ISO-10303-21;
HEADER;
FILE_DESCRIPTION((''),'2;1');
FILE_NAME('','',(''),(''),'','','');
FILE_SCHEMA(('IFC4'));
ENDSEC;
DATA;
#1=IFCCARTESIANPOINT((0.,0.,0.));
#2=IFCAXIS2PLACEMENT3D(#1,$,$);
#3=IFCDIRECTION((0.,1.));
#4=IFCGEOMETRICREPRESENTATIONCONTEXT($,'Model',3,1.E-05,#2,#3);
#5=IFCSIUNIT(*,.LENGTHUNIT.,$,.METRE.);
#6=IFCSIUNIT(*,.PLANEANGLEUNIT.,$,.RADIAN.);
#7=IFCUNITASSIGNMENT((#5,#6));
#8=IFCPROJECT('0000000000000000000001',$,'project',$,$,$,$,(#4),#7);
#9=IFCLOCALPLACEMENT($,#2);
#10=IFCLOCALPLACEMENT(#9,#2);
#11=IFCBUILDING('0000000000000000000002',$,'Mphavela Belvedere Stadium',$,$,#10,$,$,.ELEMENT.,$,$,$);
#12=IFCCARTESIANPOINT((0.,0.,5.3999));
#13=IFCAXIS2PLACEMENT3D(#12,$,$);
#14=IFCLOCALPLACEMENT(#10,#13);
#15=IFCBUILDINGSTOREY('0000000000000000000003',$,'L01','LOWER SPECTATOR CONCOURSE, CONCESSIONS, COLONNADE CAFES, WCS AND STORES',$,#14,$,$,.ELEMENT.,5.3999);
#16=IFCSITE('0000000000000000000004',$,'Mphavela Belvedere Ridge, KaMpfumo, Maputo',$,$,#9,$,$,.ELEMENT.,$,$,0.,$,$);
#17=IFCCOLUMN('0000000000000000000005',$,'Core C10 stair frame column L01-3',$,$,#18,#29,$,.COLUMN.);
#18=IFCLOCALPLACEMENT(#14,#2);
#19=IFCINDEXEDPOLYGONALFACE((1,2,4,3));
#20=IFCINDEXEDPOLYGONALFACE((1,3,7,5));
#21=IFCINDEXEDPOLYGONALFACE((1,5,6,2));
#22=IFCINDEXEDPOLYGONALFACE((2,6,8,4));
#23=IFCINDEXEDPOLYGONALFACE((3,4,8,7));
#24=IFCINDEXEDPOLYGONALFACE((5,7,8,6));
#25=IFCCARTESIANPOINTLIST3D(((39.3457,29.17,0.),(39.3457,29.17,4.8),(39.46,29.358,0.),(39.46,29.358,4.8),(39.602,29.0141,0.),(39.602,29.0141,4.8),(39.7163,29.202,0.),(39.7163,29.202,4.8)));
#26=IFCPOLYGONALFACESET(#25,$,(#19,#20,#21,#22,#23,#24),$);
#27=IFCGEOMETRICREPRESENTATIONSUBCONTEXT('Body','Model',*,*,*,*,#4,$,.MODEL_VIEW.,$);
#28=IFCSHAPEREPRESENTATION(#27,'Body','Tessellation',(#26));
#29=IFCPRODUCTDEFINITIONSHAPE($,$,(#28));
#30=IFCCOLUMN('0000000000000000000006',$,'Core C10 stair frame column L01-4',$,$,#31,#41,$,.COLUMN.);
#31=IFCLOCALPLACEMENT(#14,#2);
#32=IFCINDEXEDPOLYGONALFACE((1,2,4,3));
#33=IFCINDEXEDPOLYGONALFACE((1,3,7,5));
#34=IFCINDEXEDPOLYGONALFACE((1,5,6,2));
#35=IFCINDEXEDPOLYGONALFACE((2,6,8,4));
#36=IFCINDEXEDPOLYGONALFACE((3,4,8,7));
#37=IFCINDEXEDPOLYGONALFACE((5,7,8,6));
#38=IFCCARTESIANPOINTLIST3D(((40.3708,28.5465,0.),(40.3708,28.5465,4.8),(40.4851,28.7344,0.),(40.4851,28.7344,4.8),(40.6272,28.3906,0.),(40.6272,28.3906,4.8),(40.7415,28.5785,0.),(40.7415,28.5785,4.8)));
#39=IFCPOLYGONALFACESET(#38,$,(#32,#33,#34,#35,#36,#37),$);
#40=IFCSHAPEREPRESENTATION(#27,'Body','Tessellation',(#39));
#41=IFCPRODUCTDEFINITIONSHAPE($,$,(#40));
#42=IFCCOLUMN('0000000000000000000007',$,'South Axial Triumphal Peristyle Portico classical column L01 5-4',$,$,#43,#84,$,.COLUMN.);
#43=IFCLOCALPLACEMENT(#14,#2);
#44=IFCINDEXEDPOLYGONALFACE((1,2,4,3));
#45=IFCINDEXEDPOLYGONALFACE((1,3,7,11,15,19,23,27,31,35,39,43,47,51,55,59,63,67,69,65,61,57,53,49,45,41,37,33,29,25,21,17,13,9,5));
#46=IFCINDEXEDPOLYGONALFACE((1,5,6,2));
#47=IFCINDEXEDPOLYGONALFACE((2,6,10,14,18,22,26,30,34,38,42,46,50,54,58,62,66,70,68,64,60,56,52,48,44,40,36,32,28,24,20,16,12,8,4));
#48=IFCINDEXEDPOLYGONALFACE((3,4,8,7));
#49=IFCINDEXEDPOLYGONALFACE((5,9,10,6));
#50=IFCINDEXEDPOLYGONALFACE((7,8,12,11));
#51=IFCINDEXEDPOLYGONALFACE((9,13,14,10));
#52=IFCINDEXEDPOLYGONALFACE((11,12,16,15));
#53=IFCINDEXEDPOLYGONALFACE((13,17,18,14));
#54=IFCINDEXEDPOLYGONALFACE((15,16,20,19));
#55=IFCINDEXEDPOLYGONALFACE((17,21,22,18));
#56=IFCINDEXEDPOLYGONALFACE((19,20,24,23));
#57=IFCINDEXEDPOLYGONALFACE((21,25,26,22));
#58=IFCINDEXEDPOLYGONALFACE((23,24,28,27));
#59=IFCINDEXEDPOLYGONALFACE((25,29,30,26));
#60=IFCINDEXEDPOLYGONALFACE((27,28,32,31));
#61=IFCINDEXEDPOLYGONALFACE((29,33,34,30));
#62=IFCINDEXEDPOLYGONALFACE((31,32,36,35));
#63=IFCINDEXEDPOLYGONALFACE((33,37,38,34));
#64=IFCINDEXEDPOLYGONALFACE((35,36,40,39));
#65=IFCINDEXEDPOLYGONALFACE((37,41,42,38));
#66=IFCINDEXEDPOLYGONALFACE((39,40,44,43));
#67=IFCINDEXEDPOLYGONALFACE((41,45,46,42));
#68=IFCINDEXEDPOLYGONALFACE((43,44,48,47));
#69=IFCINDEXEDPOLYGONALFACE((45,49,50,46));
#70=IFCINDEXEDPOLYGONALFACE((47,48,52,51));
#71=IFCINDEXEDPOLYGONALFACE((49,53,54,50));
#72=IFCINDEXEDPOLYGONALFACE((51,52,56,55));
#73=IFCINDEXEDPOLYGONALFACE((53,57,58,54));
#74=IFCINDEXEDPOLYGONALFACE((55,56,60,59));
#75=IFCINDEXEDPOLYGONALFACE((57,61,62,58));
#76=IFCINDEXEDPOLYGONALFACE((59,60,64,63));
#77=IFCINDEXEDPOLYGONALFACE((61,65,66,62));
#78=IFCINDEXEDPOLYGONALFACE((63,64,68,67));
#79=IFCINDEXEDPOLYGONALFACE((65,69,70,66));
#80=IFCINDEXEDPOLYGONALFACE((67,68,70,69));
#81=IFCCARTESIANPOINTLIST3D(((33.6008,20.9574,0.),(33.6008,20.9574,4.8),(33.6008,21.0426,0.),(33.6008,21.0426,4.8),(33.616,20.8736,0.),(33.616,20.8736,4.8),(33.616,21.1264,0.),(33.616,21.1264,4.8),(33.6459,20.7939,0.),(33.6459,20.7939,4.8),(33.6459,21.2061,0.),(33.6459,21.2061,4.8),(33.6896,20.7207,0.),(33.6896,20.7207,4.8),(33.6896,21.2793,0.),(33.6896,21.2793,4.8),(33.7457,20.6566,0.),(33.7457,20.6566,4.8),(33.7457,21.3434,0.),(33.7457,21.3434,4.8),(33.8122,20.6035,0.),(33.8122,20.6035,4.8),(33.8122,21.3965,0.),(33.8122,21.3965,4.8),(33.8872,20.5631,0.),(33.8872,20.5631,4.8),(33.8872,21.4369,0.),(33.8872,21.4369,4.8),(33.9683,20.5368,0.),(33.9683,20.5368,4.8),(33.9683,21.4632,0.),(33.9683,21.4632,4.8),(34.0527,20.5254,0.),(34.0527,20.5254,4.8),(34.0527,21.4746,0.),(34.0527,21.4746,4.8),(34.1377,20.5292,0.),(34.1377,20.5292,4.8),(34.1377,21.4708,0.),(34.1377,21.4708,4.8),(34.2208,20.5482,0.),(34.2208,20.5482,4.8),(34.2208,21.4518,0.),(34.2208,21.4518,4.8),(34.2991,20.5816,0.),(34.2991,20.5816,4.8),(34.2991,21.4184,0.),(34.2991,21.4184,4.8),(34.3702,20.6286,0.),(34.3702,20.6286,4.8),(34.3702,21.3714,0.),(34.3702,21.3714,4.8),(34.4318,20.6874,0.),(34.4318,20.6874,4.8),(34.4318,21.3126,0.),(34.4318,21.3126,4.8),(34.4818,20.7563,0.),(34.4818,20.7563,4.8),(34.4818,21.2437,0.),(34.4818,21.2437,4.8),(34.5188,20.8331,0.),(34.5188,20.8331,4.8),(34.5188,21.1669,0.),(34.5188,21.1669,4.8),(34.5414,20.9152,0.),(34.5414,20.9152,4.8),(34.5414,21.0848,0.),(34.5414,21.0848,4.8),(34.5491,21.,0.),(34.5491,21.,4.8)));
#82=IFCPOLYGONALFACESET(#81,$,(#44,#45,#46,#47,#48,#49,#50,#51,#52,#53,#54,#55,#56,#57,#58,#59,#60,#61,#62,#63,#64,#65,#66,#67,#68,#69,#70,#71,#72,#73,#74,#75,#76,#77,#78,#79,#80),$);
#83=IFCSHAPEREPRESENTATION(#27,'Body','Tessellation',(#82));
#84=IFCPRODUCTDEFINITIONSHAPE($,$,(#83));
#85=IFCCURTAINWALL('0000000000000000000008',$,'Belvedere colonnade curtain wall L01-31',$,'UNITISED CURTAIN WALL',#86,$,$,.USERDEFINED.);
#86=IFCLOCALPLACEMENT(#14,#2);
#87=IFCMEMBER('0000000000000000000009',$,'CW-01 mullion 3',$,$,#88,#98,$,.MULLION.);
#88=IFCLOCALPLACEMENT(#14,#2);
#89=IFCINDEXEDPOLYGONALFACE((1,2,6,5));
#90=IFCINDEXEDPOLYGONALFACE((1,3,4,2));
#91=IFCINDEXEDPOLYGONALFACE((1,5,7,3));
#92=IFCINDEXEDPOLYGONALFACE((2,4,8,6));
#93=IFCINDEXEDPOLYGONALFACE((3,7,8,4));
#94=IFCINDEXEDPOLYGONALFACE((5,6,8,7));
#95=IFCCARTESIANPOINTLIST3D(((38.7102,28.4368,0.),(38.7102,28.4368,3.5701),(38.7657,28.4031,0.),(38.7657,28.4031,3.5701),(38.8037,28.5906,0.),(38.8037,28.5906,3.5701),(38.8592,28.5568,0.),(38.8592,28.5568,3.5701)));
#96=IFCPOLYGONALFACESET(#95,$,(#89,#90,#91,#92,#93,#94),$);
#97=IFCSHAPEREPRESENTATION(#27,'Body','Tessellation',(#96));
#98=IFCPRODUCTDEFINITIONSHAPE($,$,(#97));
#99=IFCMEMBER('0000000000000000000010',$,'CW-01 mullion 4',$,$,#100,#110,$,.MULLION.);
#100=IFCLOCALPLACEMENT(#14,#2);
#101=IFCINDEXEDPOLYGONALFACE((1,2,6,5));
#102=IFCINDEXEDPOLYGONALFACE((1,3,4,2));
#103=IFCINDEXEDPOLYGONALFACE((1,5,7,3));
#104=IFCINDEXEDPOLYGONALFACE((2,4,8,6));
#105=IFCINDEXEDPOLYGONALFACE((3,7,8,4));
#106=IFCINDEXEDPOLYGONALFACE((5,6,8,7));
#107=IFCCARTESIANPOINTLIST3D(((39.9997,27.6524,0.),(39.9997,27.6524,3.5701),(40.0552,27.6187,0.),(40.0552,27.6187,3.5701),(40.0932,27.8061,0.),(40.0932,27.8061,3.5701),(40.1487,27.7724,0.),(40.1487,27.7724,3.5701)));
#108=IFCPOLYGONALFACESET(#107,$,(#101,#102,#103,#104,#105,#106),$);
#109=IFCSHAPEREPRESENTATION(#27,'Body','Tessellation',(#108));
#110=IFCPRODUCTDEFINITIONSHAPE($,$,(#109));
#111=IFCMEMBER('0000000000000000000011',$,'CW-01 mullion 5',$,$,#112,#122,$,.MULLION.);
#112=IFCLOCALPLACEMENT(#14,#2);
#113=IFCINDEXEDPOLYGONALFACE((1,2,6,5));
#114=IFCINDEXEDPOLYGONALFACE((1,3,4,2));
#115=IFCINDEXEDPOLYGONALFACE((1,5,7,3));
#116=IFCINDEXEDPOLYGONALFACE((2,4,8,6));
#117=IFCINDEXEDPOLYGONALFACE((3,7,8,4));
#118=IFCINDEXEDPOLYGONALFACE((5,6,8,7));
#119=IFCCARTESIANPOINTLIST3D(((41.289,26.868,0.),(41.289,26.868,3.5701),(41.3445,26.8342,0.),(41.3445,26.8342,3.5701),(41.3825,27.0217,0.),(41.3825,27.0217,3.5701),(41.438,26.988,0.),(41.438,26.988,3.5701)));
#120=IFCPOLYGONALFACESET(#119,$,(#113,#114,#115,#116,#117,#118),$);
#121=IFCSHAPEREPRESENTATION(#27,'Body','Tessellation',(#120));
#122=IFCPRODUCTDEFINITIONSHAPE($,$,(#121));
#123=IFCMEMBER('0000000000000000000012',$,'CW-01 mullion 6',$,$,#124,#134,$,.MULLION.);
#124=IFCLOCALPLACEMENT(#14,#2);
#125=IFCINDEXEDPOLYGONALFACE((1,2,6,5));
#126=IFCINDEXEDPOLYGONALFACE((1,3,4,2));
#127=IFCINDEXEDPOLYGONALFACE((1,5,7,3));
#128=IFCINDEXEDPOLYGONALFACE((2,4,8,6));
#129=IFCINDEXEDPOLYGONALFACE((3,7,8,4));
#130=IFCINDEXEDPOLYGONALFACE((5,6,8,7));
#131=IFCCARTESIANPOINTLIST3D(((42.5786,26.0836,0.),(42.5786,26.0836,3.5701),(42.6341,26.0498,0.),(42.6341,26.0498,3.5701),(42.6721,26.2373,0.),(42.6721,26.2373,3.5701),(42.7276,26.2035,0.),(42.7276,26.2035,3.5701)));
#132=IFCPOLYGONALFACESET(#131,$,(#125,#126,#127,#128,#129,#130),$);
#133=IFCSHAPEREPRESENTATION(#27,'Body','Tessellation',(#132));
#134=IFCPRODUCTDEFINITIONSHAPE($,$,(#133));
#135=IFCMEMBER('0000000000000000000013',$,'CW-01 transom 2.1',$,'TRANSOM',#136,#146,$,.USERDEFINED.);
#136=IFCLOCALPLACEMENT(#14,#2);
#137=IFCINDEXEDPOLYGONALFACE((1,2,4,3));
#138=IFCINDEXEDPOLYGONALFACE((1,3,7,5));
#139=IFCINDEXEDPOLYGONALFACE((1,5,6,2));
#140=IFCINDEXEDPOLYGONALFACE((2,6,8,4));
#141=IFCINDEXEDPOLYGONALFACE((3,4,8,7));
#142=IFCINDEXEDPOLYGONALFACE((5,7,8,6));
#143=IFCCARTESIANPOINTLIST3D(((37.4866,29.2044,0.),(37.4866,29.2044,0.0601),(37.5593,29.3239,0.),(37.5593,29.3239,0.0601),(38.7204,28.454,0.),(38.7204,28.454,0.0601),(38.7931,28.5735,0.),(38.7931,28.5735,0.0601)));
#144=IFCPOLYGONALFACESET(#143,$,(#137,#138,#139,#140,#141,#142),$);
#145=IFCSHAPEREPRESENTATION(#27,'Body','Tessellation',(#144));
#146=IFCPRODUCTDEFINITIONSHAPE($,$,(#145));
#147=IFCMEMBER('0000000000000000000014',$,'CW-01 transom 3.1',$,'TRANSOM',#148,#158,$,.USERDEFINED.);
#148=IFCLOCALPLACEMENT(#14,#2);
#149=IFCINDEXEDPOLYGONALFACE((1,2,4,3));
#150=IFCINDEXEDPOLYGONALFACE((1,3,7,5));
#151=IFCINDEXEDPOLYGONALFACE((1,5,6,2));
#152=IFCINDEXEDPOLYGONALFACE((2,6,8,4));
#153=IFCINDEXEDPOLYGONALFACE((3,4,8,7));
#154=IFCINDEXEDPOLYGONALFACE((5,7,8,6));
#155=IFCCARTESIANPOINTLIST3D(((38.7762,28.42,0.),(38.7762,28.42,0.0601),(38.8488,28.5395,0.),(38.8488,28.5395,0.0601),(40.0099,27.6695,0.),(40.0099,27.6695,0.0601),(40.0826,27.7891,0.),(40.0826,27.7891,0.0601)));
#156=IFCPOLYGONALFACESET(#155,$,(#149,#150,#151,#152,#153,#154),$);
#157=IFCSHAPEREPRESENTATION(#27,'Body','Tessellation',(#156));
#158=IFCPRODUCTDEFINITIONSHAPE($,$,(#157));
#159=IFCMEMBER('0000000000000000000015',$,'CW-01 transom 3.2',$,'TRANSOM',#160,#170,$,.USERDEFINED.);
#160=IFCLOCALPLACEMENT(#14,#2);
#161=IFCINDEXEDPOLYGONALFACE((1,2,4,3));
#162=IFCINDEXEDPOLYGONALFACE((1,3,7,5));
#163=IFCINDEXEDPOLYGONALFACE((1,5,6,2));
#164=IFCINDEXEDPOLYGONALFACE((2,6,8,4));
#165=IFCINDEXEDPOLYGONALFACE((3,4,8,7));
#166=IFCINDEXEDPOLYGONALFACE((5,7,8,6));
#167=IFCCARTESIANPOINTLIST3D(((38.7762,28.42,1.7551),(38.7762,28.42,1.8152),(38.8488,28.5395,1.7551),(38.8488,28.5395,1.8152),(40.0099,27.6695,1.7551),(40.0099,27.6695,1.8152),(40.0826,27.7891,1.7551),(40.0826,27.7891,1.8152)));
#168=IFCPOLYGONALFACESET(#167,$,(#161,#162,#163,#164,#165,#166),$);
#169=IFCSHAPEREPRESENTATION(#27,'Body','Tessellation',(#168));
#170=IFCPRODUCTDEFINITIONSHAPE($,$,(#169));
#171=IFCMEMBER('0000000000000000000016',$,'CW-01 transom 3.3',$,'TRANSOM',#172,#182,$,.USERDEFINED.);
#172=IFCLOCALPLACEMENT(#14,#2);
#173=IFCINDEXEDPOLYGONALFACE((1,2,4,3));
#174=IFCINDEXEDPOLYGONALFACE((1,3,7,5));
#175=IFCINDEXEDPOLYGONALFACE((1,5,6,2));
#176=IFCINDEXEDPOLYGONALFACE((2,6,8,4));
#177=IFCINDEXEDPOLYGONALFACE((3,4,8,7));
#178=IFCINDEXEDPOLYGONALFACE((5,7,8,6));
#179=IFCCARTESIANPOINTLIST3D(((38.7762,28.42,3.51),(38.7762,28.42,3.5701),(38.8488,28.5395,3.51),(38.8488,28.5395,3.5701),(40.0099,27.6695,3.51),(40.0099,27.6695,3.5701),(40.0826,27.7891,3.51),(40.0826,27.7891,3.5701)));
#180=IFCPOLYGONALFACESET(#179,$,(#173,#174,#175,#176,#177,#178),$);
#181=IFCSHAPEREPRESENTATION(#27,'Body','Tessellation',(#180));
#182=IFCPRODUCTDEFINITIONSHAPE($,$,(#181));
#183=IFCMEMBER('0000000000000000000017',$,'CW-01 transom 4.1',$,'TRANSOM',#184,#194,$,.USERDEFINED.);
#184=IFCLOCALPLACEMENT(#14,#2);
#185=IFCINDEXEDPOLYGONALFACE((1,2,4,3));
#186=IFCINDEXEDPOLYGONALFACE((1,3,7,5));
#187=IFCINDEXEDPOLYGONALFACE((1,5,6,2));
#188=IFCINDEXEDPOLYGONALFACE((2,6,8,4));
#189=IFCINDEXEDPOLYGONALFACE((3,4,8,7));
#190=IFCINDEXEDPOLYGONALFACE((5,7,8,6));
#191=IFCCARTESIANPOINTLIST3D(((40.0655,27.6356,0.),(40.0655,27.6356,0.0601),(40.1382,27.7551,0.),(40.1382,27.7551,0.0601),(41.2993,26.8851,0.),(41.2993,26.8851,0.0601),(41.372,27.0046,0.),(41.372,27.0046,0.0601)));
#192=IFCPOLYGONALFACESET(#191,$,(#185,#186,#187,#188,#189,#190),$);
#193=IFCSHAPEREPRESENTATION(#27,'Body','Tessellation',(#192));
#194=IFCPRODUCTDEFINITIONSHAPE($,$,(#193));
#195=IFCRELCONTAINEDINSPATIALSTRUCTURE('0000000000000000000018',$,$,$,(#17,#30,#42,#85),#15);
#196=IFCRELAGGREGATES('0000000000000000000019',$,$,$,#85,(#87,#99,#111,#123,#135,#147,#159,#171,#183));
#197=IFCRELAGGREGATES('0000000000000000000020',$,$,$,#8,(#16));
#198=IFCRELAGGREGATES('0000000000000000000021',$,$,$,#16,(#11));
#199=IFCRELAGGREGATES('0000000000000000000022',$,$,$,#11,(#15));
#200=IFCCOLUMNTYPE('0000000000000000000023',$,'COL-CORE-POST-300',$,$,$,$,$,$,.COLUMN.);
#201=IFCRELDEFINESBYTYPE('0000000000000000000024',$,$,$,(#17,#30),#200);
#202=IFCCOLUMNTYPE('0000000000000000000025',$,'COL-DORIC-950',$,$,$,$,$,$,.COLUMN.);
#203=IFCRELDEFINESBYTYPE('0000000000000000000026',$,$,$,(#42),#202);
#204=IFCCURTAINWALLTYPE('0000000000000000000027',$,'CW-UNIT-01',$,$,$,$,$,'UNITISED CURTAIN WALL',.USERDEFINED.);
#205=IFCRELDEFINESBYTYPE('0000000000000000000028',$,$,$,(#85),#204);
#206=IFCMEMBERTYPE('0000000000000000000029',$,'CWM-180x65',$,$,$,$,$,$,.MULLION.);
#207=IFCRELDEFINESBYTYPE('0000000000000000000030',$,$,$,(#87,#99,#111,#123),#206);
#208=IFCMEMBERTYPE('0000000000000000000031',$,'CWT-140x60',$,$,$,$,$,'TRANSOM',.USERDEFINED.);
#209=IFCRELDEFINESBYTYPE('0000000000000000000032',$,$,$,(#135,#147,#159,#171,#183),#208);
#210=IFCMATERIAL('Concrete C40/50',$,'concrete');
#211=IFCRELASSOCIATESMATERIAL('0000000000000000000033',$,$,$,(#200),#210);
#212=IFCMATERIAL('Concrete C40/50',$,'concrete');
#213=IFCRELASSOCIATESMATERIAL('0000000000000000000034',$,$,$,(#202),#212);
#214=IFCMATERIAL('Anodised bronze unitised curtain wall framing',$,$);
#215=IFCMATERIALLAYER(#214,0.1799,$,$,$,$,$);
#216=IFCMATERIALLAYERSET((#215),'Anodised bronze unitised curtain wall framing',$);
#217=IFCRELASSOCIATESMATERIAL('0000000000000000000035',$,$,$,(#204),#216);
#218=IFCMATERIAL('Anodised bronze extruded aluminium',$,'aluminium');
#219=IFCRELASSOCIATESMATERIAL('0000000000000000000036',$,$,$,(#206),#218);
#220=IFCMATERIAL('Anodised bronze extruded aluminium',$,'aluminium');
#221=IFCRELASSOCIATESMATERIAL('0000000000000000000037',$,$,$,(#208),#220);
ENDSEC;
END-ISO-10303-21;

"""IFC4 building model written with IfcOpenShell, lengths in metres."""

from ifc_helpers import new_model, si_unit, direction, frame, origin, origin_2d, place, context, subcontext, project, spatial, rectangle, circle, extrude, material, layer, layer_set, material_profile, profile_set, type_object, element, aggregate, save


model = new_model("IFC4")

# Units and contexts
model_context = context("Model", 3, precision=1e-05, world=origin(), true_north=direction((0.0, 1.0)))
body_context = subcontext(model_context, "Body", "Model", "MODEL_VIEW")
ifc_project = project(units=[si_unit("LENGTHUNIT", "METRE"), si_unit("PLANEANGLEUNIT", "RADIAN")], contexts=[model_context])

# Site, building, storey
site_placement = place(None, origin())
site = spatial("IfcSite", under=ifc_project, at=site_placement, Name="Mphavela Belvedere Ridge, KaMpfumo, Maputo", CompositionType="ELEMENT", RefElevation=0.0)
building_placement = place(site_placement, origin())
building = spatial("IfcBuilding", under=site, at=building_placement, Name="Mphavela Belvedere Stadium", CompositionType="ELEMENT")
storey_placement = place(building_placement, frame((0.0, 0.0, 5.3999)))
storey = spatial("IfcBuildingStorey", under=building, at=storey_placement, Name="L01", Description="LOWER SPECTATOR CONCOURSE, CONCESSIONS, COLONNADE CAFES, WCS AND STORES", CompositionType="ELEMENT", Elevation=5.3999)

# Columns
ifc_material_1 = material(Name="Concrete C40/50", Category="concrete")
ifc_material_profile_1 = material_profile(ifc_material_1, rectangle(XDim=0.3, YDim=0.22, at=origin_2d()), Name="RC 300x220")
ifc_profile_set_1 = profile_set([ifc_material_profile_1], Name="Concrete C40/50")
column_type_1 = type_object("IfcColumnType", Name="COL-CORE-POST-300", PredefinedType="COLUMN", material=ifc_profile_set_1)
for number, where, z_axis, x_axis, name in (
    (1, (39.531, 29.186, 0.0), (0.0, 0.0, 1.0), (-0.854368, 0.519668, 0.0), "Core C10 stair frame column L01-3"),
    (2, (40.5562, 28.5625, 0.0), (0.0, 0.0, 1.0), (-0.854368, 0.519668, 0.0), "Core C10 stair frame column L01-4"),
):
    element("IfcColumn", number, at=place(storey_placement, frame(where, z_axis=z_axis, x_axis=x_axis)), inside=storey, type_object=column_type_1, Name=name, PredefinedType="COLUMN", context=body_context, shape_type="SweptSolid", body=[
        extrude(rectangle(XDim=0.3, YDim=0.22, at=origin_2d()), origin(), (0.0, 0.0, 1.0), 4.8),
    ])
ifc_material_2 = material(Name="Concrete C40/50", Category="concrete")
ifc_material_profile_2 = material_profile(ifc_material_2, circle(Radius=0.4751, at=origin_2d()), Name="COL D950")
ifc_profile_set_2 = profile_set([ifc_material_profile_2], Name="Concrete C40/50")
column_type_2 = type_object("IfcColumnType", Name="COL-DORIC-950", PredefinedType="COLUMN", material=ifc_profile_set_2)
column_placement = place(storey_placement, frame((34.074, 21.0, 0.0), z_axis=(0.0, 0.0, 1.0), x_axis=(1.0, 0.0, 0.0)))
element("IfcColumn", 3, at=column_placement, inside=storey, type_object=column_type_2, Name="South Axial Triumphal Peristyle Portico classical column L01 5-4", PredefinedType="COLUMN", context=body_context, shape_type="SweptSolid", body=[
    extrude(circle(Radius=0.4751, at=origin_2d()), origin(), (0.0, 0.0, 1.0), 4.8),
])

# Curtain wall, members
ifc_material_3 = material(Name="Anodised bronze unitised curtain wall framing")
ifc_layer_1 = layer(ifc_material_3, 0.1799)
ifc_layer_set_1 = layer_set([ifc_layer_1], Name="Anodised bronze unitised curtain wall framing")
curtain_wall_type = type_object("IfcCurtainWallType", Name="CW-UNIT-01", ElementType="UNITISED CURTAIN WALL", PredefinedType="USERDEFINED", material=ifc_layer_set_1)
curtain_wall_placement = place(storey_placement, origin())
curtain_wall = element("IfcCurtainWall", 4, at=curtain_wall_placement, inside=storey, type_object=curtain_wall_type, Name="Belvedere colonnade curtain wall L01-31", ObjectType="UNITISED CURTAIN WALL", PredefinedType="USERDEFINED")
ifc_material_4 = material(Name="Anodised bronze extruded aluminium", Category="aluminium")
ifc_material_profile_3 = material_profile(ifc_material_4, rectangle(XDim=0.1799, YDim=0.0649, at=origin_2d()), Name="CW-MUL 180x65")
ifc_profile_set_3 = profile_set([ifc_material_profile_3], Name="Anodised bronze extruded aluminium")
member_type_1 = type_object("IfcMemberType", Name="CWM-180x65", PredefinedType="MULLION", material=ifc_profile_set_3)
member_1_placement = place(storey_placement, frame((38.7847, 28.4968, 0.0), z_axis=(0.0, 0.0, 1.0), x_axis=(0.519735, 0.854328, 0.0)))
member_1 = element("IfcMember", 5, at=member_1_placement, type_object=member_type_1, Name="CW-01 mullion 3", PredefinedType="MULLION", context=body_context, shape_type="SweptSolid", body=[
    extrude(rectangle(XDim=0.1799, YDim=0.0649, at=origin_2d()), origin(), (0.0, 0.0, 1.0), 3.5701),
])
member_2_placement = place(storey_placement, frame((40.0742, 27.7124, 0.0), z_axis=(0.0, 0.0, 1.0), x_axis=(0.519735, 0.854328, 0.0)))
member_2 = element("IfcMember", 6, at=member_2_placement, type_object=member_type_1, Name="CW-01 mullion 4", PredefinedType="MULLION", context=body_context, shape_type="SweptSolid", body=[
    extrude(rectangle(XDim=0.1799, YDim=0.0649, at=origin_2d()), origin(), (0.0, 0.0, 1.0), 3.5701),
])
member_3_placement = place(storey_placement, frame((41.3635, 26.928, 0.0), z_axis=(0.0, 0.0, 1.0), x_axis=(0.519735, 0.854328, 0.0)))
member_3 = element("IfcMember", 7, at=member_3_placement, type_object=member_type_1, Name="CW-01 mullion 5", PredefinedType="MULLION", context=body_context, shape_type="SweptSolid", body=[
    extrude(rectangle(XDim=0.1799, YDim=0.0649, at=origin_2d()), origin(), (0.0, 0.0, 1.0), 3.5701),
])
member_4_placement = place(storey_placement, frame((42.6531, 26.1436, 0.0), z_axis=(0.0, 0.0, 1.0), x_axis=(0.519735, 0.854328, 0.0)))
member_4 = element("IfcMember", 8, at=member_4_placement, type_object=member_type_1, Name="CW-01 mullion 6", PredefinedType="MULLION", context=body_context, shape_type="SweptSolid", body=[
    extrude(rectangle(XDim=0.1799, YDim=0.0649, at=origin_2d()), origin(), (0.0, 0.0, 1.0), 3.5701),
])
ifc_material_5 = material(Name="Anodised bronze extruded aluminium", Category="aluminium")
ifc_material_profile_4 = material_profile(ifc_material_5, rectangle(XDim=0.1399, YDim=0.0601, at=origin_2d()), Name="CW-TRN 140x60")
ifc_profile_set_4 = profile_set([ifc_material_profile_4], Name="Anodised bronze extruded aluminium")
member_type_2 = type_object("IfcMemberType", Name="CWT-140x60", ElementType="TRANSOM", PredefinedType="USERDEFINED", material=ifc_profile_set_4)
member_5_placement = place(storey_placement, frame((37.5229, 29.2642, 0.03), z_axis=(0.854375, -0.519657, 0.0), x_axis=(0.519657, 0.854375, 0.0)))
member_5 = element("IfcMember", 9, at=member_5_placement, type_object=member_type_2, Name="CW-01 transom 2.1", ObjectType="TRANSOM", PredefinedType="USERDEFINED", context=body_context, shape_type="SweptSolid", body=[
    extrude(rectangle(XDim=0.1399, YDim=0.0601, at=origin_2d()), origin(), (0.0, 0.0, 1.0), 1.4441),
])
member_6_placement = place(storey_placement, frame((38.8125, 28.4797, 0.03), z_axis=(0.854375, -0.519657, 0.0), x_axis=(0.519657, 0.854375, 0.0)))
member_6 = element("IfcMember", 10, at=member_6_placement, type_object=member_type_2, Name="CW-01 transom 3.1", ObjectType="TRANSOM", PredefinedType="USERDEFINED", context=body_context, shape_type="SweptSolid", body=[
    extrude(rectangle(XDim=0.1399, YDim=0.0601, at=origin_2d()), origin(), (0.0, 0.0, 1.0), 1.4441),
])
member_7_placement = place(storey_placement, frame((38.8125, 28.4797, 1.7852), z_axis=(0.854375, -0.519657, 0.0), x_axis=(0.519657, 0.854375, 0.0)))
member_7 = element("IfcMember", 11, at=member_7_placement, type_object=member_type_2, Name="CW-01 transom 3.2", ObjectType="TRANSOM", PredefinedType="USERDEFINED", context=body_context, shape_type="SweptSolid", body=[
    extrude(rectangle(XDim=0.1399, YDim=0.0601, at=origin_2d()), origin(), (0.0, 0.0, 1.0), 1.4441),
])
member_8_placement = place(storey_placement, frame((38.8125, 28.4797, 3.54), z_axis=(0.854375, -0.519657, 0.0), x_axis=(0.519657, 0.854375, 0.0)))
member_8 = element("IfcMember", 12, at=member_8_placement, type_object=member_type_2, Name="CW-01 transom 3.3", ObjectType="TRANSOM", PredefinedType="USERDEFINED", context=body_context, shape_type="SweptSolid", body=[
    extrude(rectangle(XDim=0.1399, YDim=0.0601, at=origin_2d()), origin(), (0.0, 0.0, 1.0), 1.4441),
])
member_9_placement = place(storey_placement, frame((40.1018, 27.6953, 0.03), z_axis=(0.854375, -0.519657, 0.0), x_axis=(0.519657, 0.854375, 0.0)))
member_9 = element("IfcMember", 13, at=member_9_placement, type_object=member_type_2, Name="CW-01 transom 4.1", ObjectType="TRANSOM", PredefinedType="USERDEFINED", context=body_context, shape_type="SweptSolid", body=[
    extrude(rectangle(XDim=0.1399, YDim=0.0601, at=origin_2d()), origin(), (0.0, 0.0, 1.0), 1.4441),
])
aggregate(curtain_wall, [member_1, member_2, member_3, member_4, member_5, member_6, member_7, member_8, member_9])

save(model, "model.ifc")
